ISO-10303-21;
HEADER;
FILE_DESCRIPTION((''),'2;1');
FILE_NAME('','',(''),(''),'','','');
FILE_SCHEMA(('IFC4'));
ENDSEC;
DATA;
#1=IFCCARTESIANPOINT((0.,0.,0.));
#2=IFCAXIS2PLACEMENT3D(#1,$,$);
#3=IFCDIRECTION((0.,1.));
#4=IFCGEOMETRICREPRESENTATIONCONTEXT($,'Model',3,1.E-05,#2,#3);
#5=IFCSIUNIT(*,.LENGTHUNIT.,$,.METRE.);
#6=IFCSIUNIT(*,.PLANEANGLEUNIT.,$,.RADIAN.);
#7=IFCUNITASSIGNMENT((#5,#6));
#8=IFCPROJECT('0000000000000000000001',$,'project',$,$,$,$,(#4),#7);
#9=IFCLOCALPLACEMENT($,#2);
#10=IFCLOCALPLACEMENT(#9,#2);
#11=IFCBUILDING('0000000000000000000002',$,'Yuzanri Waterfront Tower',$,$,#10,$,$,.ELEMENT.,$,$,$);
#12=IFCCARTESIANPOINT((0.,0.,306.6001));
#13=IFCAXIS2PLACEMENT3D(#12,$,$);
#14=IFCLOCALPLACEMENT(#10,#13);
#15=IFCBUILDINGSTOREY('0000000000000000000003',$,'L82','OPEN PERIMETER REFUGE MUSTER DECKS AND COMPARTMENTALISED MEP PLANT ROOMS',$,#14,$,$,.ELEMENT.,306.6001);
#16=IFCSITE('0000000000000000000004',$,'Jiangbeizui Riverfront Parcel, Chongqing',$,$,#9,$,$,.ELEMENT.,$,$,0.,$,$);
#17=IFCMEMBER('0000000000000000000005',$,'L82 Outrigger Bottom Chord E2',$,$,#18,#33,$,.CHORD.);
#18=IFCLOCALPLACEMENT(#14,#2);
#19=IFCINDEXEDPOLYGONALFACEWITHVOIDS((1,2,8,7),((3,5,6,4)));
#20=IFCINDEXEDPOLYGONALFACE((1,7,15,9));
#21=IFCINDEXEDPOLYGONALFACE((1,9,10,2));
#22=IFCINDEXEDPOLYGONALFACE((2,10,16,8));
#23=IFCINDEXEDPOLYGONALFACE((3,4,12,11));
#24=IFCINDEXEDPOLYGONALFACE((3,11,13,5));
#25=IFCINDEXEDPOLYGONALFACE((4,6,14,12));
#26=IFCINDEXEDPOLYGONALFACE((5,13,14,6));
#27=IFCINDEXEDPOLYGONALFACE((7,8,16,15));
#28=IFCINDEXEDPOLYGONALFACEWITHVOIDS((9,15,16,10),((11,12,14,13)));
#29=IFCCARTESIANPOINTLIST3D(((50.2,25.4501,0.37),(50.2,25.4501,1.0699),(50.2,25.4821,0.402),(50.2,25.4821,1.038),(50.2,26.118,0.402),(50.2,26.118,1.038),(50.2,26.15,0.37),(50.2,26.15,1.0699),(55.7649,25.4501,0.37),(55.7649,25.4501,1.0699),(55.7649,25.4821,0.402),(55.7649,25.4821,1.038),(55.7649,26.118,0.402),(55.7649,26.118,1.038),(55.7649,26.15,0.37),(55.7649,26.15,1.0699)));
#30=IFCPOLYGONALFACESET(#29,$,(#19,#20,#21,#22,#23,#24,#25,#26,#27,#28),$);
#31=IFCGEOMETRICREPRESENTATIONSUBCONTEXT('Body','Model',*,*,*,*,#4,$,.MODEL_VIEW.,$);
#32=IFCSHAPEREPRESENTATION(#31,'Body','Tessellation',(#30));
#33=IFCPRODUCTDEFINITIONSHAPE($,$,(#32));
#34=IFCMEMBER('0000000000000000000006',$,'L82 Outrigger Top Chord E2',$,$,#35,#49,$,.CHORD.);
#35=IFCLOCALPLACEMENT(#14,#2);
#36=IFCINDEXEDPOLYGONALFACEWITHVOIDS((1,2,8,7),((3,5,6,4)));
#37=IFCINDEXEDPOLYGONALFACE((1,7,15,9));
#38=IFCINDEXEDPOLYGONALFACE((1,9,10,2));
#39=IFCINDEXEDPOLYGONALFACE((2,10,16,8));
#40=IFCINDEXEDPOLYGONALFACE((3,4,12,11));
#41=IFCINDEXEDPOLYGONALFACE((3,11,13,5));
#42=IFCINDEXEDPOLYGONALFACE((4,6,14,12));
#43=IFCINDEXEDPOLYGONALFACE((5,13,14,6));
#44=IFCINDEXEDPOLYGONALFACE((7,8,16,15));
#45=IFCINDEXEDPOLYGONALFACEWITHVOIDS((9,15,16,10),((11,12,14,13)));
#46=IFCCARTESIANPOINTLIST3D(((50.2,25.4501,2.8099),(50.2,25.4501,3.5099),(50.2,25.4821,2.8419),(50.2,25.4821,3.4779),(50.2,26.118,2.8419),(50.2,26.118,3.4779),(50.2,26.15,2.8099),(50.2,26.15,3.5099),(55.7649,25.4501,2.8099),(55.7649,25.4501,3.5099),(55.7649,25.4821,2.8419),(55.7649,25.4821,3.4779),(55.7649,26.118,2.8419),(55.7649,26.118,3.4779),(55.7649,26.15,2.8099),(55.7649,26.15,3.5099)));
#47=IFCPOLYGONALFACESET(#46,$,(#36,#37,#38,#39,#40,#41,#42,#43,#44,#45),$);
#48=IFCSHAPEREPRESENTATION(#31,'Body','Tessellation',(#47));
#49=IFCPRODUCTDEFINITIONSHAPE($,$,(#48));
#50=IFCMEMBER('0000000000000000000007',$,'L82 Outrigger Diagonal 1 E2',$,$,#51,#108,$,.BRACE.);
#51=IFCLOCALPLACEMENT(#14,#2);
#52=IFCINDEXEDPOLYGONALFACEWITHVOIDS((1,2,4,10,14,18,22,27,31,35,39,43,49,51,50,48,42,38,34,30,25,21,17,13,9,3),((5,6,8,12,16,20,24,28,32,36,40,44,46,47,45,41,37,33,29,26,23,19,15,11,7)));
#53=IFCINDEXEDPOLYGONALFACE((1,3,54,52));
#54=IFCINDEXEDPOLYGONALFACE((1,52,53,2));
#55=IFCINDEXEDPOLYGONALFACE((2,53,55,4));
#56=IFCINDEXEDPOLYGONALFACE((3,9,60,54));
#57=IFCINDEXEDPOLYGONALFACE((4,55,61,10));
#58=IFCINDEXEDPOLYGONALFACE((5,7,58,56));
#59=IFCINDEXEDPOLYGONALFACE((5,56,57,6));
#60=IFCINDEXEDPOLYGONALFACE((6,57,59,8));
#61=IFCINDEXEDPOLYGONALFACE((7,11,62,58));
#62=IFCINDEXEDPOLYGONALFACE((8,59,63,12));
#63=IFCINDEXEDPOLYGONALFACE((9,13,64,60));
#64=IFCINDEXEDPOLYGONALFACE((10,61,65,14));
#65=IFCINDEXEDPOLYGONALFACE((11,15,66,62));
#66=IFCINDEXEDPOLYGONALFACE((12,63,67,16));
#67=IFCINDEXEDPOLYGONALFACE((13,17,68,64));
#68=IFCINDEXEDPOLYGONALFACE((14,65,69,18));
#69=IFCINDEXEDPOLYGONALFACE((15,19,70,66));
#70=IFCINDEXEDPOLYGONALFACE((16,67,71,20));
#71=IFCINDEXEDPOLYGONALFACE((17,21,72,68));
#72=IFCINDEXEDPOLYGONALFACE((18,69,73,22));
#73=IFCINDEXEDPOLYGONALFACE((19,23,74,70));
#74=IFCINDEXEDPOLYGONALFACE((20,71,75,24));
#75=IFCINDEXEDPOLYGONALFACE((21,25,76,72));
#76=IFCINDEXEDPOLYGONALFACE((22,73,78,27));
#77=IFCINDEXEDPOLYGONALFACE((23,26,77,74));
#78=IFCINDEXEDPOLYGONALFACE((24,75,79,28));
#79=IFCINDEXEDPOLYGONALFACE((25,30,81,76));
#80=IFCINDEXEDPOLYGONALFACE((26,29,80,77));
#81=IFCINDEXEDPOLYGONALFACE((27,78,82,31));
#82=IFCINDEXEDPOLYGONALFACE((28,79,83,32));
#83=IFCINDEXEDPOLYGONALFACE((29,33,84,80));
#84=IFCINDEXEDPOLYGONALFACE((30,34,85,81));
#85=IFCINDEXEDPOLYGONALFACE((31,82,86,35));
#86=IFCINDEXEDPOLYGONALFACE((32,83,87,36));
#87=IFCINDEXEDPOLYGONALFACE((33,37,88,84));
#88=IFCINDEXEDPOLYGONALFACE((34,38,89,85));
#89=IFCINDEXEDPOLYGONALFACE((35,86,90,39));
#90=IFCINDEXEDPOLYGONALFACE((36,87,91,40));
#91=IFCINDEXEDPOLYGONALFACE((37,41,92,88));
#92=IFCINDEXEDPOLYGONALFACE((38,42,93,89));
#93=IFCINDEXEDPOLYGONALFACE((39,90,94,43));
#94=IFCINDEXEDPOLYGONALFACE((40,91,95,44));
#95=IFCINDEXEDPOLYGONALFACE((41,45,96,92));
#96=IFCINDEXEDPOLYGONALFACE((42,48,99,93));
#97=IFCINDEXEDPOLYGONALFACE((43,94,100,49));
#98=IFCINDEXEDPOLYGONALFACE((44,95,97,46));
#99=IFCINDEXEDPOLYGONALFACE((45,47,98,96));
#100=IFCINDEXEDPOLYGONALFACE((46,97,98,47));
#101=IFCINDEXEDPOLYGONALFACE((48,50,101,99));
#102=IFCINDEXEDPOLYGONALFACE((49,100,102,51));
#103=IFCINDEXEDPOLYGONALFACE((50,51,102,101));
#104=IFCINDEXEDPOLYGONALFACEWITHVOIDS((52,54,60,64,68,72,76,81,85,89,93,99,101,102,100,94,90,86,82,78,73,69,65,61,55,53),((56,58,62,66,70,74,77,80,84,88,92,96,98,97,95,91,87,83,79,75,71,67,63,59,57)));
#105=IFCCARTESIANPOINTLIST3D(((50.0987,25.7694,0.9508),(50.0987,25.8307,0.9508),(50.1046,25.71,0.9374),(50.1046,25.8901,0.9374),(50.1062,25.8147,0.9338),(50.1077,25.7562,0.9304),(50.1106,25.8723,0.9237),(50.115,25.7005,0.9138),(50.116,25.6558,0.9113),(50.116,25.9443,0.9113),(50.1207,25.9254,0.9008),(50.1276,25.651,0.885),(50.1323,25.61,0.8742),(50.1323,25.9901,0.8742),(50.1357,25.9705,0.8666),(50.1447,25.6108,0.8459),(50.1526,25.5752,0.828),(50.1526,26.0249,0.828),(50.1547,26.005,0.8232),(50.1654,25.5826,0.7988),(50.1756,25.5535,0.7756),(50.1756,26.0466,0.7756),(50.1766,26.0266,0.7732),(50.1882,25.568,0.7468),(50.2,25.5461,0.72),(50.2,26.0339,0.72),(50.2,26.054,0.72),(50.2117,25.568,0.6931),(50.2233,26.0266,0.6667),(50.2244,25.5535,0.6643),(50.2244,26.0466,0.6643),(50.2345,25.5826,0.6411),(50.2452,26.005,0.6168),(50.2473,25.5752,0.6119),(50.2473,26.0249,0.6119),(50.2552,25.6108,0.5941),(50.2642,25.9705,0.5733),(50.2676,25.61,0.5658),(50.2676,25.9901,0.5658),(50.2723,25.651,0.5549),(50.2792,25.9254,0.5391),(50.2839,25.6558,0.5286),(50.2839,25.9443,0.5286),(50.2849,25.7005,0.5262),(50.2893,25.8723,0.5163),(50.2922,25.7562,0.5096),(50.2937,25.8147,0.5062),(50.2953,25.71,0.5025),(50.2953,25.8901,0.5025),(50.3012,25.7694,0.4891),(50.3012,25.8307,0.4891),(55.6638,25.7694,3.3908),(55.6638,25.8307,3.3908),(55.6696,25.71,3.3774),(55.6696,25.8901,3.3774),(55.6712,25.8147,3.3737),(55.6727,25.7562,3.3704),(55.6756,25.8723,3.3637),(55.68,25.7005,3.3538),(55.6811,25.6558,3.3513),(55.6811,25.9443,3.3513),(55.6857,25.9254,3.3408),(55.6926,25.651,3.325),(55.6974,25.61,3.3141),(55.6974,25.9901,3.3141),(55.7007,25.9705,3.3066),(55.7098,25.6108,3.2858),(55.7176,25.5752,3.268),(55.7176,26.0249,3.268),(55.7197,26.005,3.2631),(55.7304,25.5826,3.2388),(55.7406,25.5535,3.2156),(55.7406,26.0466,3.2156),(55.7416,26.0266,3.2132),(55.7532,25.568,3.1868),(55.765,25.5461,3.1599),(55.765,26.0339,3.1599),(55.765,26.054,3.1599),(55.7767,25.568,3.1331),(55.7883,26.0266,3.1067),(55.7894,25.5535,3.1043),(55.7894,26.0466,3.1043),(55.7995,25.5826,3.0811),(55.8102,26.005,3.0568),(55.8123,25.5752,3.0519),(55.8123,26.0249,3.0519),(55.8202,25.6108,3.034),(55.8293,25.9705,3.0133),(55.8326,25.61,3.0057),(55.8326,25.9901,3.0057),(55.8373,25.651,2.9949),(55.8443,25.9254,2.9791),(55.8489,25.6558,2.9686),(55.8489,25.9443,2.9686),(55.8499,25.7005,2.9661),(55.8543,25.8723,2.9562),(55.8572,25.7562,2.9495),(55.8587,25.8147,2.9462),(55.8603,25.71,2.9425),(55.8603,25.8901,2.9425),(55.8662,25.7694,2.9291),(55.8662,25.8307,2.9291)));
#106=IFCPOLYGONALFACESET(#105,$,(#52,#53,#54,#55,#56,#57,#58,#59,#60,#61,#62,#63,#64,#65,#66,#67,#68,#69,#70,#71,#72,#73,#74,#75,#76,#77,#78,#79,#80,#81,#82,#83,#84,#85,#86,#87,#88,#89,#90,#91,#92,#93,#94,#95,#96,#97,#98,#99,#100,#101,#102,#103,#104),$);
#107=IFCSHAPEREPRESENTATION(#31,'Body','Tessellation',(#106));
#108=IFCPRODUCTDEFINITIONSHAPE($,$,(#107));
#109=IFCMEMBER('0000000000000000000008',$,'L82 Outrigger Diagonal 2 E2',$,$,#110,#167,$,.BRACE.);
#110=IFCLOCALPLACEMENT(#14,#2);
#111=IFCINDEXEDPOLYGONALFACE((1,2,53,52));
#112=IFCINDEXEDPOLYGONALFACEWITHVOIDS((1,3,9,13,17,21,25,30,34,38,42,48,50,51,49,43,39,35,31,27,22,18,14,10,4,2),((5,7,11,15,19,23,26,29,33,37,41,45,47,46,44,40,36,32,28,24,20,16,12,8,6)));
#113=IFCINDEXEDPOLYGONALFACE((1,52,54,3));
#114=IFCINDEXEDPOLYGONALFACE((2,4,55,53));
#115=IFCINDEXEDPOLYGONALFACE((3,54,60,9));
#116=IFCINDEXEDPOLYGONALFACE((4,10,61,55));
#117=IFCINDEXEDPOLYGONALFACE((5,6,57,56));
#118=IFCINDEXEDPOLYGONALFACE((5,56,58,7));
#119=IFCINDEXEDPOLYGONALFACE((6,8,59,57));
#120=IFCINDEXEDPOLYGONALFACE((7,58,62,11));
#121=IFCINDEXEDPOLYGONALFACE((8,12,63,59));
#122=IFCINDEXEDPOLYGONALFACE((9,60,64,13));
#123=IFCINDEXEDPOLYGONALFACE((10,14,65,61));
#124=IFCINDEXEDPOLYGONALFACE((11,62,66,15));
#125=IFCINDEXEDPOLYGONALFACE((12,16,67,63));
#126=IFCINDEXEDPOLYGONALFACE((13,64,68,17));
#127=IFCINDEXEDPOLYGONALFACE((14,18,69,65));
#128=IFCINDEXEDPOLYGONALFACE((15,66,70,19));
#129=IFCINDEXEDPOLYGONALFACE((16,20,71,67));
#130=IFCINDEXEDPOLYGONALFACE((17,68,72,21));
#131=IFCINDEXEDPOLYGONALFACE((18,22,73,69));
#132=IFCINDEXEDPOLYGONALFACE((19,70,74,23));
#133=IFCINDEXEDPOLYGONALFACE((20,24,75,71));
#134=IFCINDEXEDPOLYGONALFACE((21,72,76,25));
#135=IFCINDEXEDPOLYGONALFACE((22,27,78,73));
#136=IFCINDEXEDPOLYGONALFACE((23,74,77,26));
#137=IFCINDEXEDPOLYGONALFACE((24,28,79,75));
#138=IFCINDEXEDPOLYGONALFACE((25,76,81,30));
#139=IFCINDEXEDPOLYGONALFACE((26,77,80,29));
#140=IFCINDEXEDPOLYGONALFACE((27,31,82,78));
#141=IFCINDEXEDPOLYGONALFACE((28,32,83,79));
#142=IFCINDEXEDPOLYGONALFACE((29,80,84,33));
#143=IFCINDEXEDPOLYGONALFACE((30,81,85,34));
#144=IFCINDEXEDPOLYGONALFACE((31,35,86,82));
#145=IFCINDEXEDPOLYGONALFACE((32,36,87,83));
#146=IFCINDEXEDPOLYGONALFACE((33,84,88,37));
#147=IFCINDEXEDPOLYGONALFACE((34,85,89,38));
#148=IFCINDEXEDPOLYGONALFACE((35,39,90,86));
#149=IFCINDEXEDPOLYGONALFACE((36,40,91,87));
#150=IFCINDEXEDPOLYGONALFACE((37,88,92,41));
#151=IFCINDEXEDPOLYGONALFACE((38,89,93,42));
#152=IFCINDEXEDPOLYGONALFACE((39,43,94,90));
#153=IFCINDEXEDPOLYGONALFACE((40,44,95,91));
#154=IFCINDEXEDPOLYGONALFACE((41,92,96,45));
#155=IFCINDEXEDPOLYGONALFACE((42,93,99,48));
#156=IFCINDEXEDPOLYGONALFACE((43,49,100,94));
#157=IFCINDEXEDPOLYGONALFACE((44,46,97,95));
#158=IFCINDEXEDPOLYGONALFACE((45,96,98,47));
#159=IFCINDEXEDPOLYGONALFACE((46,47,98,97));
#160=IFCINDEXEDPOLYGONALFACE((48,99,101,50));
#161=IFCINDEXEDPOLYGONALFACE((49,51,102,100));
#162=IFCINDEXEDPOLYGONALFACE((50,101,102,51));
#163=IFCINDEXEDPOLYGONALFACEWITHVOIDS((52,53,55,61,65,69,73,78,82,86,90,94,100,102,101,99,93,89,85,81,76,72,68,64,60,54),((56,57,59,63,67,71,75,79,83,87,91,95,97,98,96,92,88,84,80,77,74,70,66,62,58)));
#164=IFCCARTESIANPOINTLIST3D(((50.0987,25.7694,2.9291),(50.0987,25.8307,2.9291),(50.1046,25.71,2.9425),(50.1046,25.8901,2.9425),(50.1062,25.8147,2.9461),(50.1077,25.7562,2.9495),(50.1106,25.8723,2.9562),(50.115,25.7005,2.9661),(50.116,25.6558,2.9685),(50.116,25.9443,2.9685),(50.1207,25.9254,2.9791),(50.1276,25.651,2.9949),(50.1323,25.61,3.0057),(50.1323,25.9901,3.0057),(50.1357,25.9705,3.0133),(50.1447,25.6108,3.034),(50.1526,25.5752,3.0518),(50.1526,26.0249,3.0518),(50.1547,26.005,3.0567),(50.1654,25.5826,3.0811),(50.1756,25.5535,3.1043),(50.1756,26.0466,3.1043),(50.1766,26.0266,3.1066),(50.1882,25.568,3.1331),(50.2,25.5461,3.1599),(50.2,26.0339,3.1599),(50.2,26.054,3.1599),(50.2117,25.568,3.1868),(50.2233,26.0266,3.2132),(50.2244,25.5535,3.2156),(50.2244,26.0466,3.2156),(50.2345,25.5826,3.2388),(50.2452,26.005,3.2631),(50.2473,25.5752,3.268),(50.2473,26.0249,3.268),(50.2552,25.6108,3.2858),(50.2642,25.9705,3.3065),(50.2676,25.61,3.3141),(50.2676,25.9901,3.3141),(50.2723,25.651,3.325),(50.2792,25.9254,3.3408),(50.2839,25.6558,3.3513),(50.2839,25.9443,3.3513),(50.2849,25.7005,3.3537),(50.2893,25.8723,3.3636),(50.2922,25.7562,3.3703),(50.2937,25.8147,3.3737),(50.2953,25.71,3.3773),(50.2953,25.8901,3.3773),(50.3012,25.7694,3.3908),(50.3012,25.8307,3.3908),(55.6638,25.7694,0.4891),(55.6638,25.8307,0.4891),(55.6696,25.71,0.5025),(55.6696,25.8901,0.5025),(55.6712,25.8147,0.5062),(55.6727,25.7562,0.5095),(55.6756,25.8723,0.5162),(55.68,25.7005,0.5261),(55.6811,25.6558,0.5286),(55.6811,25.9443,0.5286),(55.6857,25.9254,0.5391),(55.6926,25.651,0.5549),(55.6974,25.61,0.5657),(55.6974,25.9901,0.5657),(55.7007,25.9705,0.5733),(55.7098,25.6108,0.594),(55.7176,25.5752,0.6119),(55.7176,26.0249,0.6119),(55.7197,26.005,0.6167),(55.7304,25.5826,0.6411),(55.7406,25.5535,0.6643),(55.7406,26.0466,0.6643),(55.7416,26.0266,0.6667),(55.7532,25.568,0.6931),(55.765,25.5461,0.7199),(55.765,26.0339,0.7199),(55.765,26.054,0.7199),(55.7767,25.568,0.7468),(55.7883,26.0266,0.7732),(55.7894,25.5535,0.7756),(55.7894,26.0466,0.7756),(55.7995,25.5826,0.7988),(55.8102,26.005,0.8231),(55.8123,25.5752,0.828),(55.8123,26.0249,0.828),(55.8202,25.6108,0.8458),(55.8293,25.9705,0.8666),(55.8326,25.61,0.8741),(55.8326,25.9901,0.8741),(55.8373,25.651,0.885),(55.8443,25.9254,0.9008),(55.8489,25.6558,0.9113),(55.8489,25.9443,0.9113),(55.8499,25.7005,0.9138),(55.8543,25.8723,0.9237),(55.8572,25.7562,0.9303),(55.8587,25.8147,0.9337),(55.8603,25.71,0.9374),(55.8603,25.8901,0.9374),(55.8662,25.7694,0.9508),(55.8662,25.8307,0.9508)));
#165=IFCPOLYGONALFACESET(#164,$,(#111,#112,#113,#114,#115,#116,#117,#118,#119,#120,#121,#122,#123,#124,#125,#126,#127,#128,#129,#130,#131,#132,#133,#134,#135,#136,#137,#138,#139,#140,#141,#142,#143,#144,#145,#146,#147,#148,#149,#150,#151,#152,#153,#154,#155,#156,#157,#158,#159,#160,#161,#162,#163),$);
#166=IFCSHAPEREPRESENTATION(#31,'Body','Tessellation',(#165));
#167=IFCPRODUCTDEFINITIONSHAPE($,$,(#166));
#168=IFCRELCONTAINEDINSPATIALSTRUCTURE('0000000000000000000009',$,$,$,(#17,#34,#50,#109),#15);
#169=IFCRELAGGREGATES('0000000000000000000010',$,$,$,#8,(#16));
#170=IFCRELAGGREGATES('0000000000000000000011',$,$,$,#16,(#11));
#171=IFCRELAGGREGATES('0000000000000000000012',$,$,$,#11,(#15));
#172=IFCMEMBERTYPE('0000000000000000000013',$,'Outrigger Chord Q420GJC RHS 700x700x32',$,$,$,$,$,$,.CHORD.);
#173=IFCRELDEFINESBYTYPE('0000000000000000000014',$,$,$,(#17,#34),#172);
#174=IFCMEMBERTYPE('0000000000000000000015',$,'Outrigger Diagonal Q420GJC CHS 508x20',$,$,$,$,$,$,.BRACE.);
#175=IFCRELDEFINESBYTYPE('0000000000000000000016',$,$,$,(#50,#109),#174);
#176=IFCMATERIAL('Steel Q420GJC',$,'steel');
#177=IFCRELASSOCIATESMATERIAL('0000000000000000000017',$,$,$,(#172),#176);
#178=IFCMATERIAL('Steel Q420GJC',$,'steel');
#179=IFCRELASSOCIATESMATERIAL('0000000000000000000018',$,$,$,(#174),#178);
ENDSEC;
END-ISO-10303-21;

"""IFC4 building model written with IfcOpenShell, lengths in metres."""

from ifc_helpers import new_model, si_unit, direction, frame, origin, origin_2d, place, context, subcontext, project, spatial, hollow_rectangle, hollow_circle, extrude, source, transform, mapped, material, material_profile, profile_set, type_object, element, save


model = new_model("IFC4")

# Units and contexts
model_context = context("Model", 3, precision=1e-05, world=origin(), true_north=direction((0.0, 1.0)))
body_context = subcontext(model_context, "Body", "Model", "MODEL_VIEW")
ifc_project = project(units=[si_unit("LENGTHUNIT", "METRE"), si_unit("PLANEANGLEUNIT", "RADIAN")], contexts=[model_context])

# Site, building, storey
site_placement = place(None, origin())
site = spatial("IfcSite", under=ifc_project, at=site_placement, Name="Jiangbeizui Riverfront Parcel, Chongqing", CompositionType="ELEMENT", RefElevation=0.0)
building_placement = place(site_placement, origin())
building = spatial("IfcBuilding", under=site, at=building_placement, Name="Yuzanri Waterfront Tower", CompositionType="ELEMENT")
storey_placement = place(building_placement, frame((0.0, 0.0, 306.6001)))
storey = spatial("IfcBuildingStorey", under=building, at=storey_placement, Name="L82", Description="OPEN PERIMETER REFUGE MUSTER DECKS AND COMPARTMENTALISED MEP PLANT ROOMS", CompositionType="ELEMENT", Elevation=306.6001)

# Members
ifc_material_1 = material(Name="Steel Q420GJC", Category="steel")
ifc_material_profile_1 = material_profile(ifc_material_1, hollow_rectangle(XDim=0.7, YDim=0.7, WallThickness=0.032, at=origin_2d()), Name="RHS 700x700x32")
ifc_profile_set_1 = profile_set([ifc_material_profile_1], Name="Steel Q420GJC")
member_type_1 = type_object("IfcMemberType", Name="Outrigger Chord Q420GJC RHS 700x700x32", PredefinedType="CHORD", material=ifc_profile_set_1)
shared_shape_1 = source(origin(), body_context, "Body", "SweptSolid", [
    extrude(hollow_rectangle(XDim=0.7, YDim=0.7, WallThickness=0.032, at=origin_2d()), origin(), (0.0, 0.0, 1.0), 5.5649),
])
for number, where, z_axis, x_axis, name in (
    (1, (50.2, 25.8, 0.72), (1.0, 0.0, 0.0), (0.0, 1.0, 0.0), "L82 Outrigger Bottom Chord E2"),
    (2, (50.2, 25.8, 3.1599), (1.0, 0.0, 0.0), (0.0, 1.0, 0.0), "L82 Outrigger Top Chord E2"),
):
    element("IfcMember", number, at=place(storey_placement, frame(where, z_axis=z_axis, x_axis=x_axis)), inside=storey, type_object=member_type_1, Name=name, PredefinedType="CHORD", context=body_context, shape_type="MappedRepresentation", body=[
        mapped(shared_shape_1, transform((0.0, 0.0, 0.0), scale=1.0)),
    ])
ifc_material_2 = material(Name="Steel Q420GJC", Category="steel")
ifc_material_profile_2 = material_profile(ifc_material_2, hollow_circle(Radius=0.2539, WallThickness=0.02, at=origin_2d()), Name="CHS 508x20")
ifc_profile_set_2 = profile_set([ifc_material_profile_2], Name="Steel Q420GJC")
member_type_2 = type_object("IfcMemberType", Name="Outrigger Diagonal Q420GJC CHS 508x20", PredefinedType="BRACE", material=ifc_profile_set_2)
shared_shape_2 = source(origin(), body_context, "Body", "SweptSolid", [
    extrude(hollow_circle(Radius=0.2539, WallThickness=0.02, at=origin_2d()), origin(), (0.0, 0.0, 1.0), 6.0764),
])
for number, where, z_axis, x_axis, name in (
    (3, (50.2, 25.8, 0.72), (0.915838, 0.0, 0.401548), (0.0, 1.0, 0.0), "L82 Outrigger Diagonal 1 E2"),
    (4, (50.2, 25.8, 3.1599), (0.915838, 0.0, -0.401548), (0.0, 1.0, 0.0), "L82 Outrigger Diagonal 2 E2"),
):
    element("IfcMember", number, at=place(storey_placement, frame(where, z_axis=z_axis, x_axis=x_axis)), inside=storey, type_object=member_type_2, Name=name, PredefinedType="BRACE", context=body_context, shape_type="MappedRepresentation", body=[
        mapped(shared_shape_2, transform((0.0, 0.0, 0.0), scale=1.0)),
    ])

save(model, "model.ifc")
